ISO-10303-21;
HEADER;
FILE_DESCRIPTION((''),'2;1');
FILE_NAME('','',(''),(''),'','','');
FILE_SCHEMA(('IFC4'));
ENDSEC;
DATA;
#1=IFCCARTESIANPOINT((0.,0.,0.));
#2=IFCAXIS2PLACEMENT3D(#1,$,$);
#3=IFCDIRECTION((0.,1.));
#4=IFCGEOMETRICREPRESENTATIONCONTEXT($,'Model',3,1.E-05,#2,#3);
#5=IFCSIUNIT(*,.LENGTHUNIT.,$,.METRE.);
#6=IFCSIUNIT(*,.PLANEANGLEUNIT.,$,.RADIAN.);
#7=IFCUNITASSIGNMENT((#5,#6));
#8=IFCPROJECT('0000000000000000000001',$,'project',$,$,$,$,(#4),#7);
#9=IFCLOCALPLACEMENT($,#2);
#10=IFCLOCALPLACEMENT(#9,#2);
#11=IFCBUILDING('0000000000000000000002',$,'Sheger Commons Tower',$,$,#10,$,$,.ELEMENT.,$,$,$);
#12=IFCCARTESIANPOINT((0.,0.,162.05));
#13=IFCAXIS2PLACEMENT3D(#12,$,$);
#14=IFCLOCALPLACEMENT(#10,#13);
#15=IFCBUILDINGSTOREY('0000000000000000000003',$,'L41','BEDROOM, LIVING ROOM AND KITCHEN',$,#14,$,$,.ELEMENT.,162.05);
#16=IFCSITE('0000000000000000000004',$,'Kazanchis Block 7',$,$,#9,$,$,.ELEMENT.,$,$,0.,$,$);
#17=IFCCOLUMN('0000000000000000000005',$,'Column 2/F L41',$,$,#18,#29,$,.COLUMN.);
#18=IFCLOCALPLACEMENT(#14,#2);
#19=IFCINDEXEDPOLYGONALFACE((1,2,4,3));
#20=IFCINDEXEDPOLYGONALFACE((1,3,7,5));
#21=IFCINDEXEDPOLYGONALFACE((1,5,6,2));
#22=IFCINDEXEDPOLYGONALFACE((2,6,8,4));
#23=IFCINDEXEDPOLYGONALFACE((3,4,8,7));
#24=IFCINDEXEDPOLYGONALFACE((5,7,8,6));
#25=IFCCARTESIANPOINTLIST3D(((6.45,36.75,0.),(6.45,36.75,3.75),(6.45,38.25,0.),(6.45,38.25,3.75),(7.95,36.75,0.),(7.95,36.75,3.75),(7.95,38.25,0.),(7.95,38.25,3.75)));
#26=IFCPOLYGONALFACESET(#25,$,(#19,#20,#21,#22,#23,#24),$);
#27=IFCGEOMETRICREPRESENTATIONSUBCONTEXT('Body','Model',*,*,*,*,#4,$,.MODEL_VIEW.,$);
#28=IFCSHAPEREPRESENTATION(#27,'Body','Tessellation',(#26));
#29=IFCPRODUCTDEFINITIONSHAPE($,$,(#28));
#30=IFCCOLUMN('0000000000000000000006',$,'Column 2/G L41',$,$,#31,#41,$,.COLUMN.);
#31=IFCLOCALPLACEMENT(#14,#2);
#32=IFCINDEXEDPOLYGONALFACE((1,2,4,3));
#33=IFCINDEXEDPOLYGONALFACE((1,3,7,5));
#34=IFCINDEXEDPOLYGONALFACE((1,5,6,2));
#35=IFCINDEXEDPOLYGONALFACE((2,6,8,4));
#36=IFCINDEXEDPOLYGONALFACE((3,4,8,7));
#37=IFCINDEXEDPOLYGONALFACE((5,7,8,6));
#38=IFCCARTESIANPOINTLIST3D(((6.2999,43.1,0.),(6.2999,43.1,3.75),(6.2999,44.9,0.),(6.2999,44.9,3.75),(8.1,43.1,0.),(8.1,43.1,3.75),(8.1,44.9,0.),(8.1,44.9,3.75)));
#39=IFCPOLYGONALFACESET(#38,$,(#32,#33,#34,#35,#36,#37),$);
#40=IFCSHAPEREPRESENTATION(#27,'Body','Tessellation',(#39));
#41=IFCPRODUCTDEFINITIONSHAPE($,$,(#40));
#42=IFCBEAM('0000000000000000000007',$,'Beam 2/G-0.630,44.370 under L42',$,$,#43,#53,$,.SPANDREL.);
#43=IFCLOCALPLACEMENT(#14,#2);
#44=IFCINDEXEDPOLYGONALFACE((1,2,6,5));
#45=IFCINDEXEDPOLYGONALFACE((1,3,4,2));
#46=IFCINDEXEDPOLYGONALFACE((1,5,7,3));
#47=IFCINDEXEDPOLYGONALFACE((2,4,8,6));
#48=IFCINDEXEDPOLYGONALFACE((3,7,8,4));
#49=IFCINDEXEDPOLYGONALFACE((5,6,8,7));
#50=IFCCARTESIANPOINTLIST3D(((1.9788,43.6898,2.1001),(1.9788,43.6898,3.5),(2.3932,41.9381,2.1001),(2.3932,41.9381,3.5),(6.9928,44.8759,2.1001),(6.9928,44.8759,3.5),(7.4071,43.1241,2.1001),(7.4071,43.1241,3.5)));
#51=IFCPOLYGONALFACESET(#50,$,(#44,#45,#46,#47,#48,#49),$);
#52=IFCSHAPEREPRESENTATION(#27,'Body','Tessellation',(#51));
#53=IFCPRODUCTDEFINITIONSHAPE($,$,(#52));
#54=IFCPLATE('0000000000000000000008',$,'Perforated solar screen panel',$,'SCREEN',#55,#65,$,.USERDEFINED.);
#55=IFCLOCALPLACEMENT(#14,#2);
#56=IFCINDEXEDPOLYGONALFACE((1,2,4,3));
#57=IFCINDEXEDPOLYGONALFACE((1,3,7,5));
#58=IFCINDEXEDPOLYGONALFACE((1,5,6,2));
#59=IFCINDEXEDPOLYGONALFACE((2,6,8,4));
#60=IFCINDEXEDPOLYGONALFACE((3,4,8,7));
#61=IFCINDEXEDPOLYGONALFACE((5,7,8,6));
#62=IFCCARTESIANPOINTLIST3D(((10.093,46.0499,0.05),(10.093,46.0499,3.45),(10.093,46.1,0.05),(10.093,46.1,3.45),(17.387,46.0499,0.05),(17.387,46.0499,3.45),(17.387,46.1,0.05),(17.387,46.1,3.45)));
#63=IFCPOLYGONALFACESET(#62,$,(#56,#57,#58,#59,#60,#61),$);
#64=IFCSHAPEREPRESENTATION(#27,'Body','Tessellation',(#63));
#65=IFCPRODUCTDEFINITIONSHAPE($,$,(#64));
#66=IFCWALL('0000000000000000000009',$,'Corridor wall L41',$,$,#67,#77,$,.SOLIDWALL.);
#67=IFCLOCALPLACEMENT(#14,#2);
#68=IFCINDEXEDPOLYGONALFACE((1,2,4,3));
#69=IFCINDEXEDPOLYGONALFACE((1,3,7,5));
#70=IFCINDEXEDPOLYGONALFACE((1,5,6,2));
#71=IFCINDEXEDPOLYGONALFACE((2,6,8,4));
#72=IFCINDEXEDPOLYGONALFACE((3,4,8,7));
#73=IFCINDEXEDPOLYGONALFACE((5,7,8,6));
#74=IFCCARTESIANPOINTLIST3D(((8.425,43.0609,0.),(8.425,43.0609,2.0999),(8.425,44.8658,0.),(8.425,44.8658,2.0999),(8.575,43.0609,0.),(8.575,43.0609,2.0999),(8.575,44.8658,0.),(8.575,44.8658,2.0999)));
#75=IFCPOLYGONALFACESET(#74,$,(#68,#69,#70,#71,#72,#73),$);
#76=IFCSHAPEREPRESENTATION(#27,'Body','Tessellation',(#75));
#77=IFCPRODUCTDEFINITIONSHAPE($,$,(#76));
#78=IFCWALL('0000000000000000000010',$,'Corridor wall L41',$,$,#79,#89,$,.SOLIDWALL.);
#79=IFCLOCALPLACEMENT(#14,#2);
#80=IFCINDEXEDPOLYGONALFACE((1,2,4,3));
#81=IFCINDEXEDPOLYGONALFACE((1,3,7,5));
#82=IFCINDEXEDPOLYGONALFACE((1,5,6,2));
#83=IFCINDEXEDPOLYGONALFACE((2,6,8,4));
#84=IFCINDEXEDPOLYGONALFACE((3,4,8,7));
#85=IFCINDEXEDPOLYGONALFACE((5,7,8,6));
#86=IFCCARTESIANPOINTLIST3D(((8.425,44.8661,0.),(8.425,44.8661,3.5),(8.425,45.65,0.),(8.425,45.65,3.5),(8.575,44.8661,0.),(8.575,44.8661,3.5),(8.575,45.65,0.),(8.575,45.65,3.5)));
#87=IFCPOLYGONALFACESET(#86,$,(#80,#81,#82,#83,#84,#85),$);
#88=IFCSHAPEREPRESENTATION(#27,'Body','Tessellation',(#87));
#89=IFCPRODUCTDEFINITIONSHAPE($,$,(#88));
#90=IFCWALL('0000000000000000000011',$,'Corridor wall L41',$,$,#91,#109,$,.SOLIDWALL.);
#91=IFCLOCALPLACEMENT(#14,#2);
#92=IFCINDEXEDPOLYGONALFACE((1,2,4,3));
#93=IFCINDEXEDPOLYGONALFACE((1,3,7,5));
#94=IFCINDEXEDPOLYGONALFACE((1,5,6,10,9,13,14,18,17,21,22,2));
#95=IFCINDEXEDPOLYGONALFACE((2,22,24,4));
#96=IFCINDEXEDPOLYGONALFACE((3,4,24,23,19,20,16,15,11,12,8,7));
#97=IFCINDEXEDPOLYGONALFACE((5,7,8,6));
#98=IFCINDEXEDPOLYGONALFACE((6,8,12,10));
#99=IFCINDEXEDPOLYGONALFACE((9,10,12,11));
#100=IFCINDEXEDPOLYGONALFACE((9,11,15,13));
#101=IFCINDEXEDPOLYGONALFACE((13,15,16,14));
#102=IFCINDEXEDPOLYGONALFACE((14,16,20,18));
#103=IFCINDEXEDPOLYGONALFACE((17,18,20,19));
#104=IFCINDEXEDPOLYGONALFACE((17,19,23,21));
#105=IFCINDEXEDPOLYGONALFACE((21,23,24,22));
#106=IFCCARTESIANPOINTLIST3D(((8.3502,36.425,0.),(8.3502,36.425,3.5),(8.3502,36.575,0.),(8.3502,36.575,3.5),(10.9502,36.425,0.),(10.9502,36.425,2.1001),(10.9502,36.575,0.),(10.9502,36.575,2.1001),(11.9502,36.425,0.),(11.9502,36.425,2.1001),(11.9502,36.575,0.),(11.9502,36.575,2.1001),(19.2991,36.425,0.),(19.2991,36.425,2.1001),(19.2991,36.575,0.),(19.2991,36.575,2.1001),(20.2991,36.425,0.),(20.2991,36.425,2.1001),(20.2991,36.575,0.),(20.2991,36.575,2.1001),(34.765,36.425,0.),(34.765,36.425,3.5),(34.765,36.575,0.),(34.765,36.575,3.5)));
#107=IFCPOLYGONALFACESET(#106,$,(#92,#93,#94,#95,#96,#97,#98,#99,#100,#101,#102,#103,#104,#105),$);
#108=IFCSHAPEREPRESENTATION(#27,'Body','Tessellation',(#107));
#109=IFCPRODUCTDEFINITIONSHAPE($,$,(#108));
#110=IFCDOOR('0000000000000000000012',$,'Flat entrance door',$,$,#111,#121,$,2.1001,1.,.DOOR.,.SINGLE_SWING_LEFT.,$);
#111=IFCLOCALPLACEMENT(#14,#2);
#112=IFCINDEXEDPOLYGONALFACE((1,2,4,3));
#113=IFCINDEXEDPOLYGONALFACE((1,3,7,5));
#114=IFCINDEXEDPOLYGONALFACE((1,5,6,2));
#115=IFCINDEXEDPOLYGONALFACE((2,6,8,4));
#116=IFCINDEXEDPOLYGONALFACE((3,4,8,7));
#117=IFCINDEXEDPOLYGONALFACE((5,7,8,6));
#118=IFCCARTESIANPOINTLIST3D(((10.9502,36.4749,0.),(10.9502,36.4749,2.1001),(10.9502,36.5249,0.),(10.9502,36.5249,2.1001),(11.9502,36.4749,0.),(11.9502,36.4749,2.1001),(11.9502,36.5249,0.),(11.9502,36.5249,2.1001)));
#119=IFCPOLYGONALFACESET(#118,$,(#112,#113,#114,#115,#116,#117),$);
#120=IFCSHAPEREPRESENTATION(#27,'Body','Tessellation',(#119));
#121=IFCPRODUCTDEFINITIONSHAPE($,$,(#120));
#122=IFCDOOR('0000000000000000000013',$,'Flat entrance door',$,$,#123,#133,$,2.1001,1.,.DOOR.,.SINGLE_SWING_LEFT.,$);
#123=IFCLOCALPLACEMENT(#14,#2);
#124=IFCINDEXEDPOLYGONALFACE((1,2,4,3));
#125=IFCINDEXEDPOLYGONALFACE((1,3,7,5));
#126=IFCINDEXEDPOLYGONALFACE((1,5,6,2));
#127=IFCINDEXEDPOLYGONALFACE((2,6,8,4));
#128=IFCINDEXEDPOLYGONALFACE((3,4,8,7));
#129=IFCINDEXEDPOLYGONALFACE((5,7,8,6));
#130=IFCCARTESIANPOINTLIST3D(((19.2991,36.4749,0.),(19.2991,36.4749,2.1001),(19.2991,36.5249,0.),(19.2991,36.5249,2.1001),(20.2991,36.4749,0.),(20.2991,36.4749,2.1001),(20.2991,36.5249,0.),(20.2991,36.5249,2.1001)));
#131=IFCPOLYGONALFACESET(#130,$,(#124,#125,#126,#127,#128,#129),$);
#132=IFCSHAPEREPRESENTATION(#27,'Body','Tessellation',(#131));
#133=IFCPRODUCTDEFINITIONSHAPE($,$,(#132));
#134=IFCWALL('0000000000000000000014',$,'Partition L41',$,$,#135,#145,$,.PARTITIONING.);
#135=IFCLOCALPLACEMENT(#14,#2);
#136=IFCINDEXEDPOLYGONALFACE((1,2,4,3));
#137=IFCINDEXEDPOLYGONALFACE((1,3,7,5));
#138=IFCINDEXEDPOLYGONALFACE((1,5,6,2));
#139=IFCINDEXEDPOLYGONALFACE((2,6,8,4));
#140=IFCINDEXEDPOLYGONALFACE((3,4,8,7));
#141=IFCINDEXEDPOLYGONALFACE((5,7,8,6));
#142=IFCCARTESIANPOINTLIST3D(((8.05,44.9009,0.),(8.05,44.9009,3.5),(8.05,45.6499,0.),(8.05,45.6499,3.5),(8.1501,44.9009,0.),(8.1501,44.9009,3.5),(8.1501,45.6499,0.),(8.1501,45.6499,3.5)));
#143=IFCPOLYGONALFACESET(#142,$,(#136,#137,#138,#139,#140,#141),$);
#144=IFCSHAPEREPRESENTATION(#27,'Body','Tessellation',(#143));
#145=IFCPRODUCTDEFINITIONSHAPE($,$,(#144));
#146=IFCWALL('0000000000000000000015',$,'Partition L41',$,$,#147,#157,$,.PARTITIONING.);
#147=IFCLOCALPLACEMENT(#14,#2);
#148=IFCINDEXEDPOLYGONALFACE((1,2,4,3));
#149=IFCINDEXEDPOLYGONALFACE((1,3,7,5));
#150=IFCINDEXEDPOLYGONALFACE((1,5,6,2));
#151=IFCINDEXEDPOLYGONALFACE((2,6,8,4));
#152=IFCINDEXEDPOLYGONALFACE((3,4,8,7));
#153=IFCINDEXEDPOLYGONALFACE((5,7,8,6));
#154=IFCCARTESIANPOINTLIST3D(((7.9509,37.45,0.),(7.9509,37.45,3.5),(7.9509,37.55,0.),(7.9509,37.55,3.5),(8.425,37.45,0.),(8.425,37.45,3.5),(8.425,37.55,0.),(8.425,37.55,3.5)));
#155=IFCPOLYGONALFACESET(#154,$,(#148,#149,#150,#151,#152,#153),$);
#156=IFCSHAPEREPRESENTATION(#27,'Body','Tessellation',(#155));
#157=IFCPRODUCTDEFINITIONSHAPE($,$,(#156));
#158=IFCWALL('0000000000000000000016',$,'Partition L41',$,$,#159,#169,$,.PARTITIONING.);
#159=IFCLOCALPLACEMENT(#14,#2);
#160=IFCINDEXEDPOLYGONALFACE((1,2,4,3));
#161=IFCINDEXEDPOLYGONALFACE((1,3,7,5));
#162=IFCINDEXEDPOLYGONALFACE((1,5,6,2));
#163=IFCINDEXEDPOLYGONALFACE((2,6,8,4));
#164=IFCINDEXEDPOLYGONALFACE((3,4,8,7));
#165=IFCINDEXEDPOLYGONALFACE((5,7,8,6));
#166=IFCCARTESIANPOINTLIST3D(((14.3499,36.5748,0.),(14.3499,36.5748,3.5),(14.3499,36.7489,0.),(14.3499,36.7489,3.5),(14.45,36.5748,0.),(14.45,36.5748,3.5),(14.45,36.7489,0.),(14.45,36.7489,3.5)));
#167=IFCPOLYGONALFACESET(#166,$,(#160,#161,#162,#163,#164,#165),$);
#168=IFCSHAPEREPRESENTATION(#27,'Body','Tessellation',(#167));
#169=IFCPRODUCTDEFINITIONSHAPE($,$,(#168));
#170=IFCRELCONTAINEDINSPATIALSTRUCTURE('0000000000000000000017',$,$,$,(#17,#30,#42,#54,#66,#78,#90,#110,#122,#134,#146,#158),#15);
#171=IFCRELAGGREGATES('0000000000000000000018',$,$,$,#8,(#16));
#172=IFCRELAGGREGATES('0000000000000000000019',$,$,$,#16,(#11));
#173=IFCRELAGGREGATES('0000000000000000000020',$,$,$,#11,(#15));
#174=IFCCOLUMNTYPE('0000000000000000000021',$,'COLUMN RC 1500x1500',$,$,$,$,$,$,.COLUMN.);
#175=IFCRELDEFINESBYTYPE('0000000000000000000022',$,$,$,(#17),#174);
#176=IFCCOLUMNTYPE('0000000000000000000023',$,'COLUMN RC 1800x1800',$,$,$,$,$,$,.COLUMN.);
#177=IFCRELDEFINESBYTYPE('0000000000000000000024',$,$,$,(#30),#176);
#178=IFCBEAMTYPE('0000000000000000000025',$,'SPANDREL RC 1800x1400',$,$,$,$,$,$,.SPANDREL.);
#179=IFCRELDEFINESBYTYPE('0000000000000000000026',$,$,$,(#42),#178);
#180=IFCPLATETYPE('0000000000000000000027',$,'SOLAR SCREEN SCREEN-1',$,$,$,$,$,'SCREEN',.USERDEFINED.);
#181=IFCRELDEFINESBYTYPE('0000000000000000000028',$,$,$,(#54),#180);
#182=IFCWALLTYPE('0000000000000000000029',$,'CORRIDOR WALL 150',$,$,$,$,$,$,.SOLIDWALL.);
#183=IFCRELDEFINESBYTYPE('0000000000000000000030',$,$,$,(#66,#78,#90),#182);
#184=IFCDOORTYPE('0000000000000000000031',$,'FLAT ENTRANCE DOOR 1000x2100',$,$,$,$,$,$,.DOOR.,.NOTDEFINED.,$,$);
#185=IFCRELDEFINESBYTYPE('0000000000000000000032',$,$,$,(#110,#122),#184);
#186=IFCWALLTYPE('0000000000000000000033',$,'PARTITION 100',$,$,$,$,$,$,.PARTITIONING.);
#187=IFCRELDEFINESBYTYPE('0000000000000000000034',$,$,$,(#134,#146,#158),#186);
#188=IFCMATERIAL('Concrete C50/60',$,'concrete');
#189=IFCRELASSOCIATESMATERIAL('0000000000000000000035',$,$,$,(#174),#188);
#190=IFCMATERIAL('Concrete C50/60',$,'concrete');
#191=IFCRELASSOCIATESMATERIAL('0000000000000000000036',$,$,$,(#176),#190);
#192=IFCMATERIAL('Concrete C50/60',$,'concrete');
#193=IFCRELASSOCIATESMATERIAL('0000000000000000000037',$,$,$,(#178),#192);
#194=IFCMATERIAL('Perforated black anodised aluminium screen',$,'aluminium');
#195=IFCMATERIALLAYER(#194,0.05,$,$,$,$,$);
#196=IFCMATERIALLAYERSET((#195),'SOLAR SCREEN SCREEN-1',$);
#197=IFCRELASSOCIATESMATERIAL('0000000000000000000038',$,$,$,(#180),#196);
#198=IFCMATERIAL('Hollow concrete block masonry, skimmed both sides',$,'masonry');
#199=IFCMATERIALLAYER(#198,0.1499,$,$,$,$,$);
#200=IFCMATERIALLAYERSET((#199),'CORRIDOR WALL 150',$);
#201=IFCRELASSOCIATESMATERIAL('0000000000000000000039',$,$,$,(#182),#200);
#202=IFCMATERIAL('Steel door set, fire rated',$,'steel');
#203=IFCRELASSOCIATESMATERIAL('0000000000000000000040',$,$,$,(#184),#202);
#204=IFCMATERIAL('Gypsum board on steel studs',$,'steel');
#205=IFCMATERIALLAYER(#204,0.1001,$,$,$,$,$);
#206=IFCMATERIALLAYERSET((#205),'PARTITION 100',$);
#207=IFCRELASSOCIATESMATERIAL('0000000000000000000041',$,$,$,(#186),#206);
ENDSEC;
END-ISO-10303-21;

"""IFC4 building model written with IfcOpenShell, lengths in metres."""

from ifc_helpers import new_model, si_unit, direction, frame, frame_2d, origin, origin_2d, place, context, subcontext, project, spatial, rectangle, extrude, material, layer, layer_set, material_profile, profile_set, type_object, element, fill, save


model = new_model("IFC4")

# Units and contexts
model_context = context("Model", 3, precision=1e-05, world=origin(), true_north=direction((0.0, 1.0)))
body_context = subcontext(model_context, "Body", "Model", "MODEL_VIEW")
ifc_project = project(units=[si_unit("LENGTHUNIT", "METRE"), si_unit("PLANEANGLEUNIT", "RADIAN")], contexts=[model_context])

# Site, building, storey
site_placement = place(None, origin())
site = spatial("IfcSite", under=ifc_project, at=site_placement, Name="Kazanchis Block 7", CompositionType="ELEMENT", RefElevation=0.0)
building_placement = place(site_placement, origin())
building = spatial("IfcBuilding", under=site, at=building_placement, Name="Sheger Commons Tower", CompositionType="ELEMENT")
storey_placement = place(building_placement, frame((0.0, 0.0, 162.05)))
storey = spatial("IfcBuildingStorey", under=building, at=storey_placement, Name="L41", Description="BEDROOM, LIVING ROOM AND KITCHEN", CompositionType="ELEMENT", Elevation=162.05)

# Columns
ifc_material_1 = material(Name="Concrete C50/60", Category="concrete")
ifc_material_profile_1 = material_profile(ifc_material_1, rectangle(XDim=1.5, YDim=1.5, at=origin_2d()), Name="RC 1500x1500")
ifc_profile_set_1 = profile_set([ifc_material_profile_1], Name="Concrete C50/60")
column_type_1 = type_object("IfcColumnType", Name="COLUMN RC 1500x1500", PredefinedType="COLUMN", material=ifc_profile_set_1)
column_1_placement = place(storey_placement, frame((7.2, 37.5, 0.0), z_axis=(0.0, 0.0, 1.0), x_axis=(1.0, 0.0, 0.0)))
element("IfcColumn", 1, at=column_1_placement, inside=storey, type_object=column_type_1, Name="Column 2/F L41", PredefinedType="COLUMN", context=body_context, shape_type="SweptSolid", body=[
    extrude(rectangle(XDim=1.5, YDim=1.5, at=origin_2d()), origin(), (0.0, 0.0, 1.0), 3.75),
])
ifc_material_2 = material(Name="Concrete C50/60", Category="concrete")
ifc_material_profile_2 = material_profile(ifc_material_2, rectangle(XDim=1.8, YDim=1.8, at=origin_2d()), Name="RC 1800x1800")
ifc_profile_set_2 = profile_set([ifc_material_profile_2], Name="Concrete C50/60")
column_type_2 = type_object("IfcColumnType", Name="COLUMN RC 1800x1800", PredefinedType="COLUMN", material=ifc_profile_set_2)
column_2_placement = place(storey_placement, frame((7.2, 44.0, 0.0), z_axis=(0.0, 0.0, 1.0), x_axis=(1.0, 0.0, 0.0)))
element("IfcColumn", 2, at=column_2_placement, inside=storey, type_object=column_type_2, Name="Column 2/G L41", PredefinedType="COLUMN", context=body_context, shape_type="SweptSolid", body=[
    extrude(rectangle(XDim=1.8, YDim=1.8, at=origin_2d()), origin(), (0.0, 0.0, 1.0), 3.75),
])

# Beam
ifc_material_3 = material(Name="Concrete C50/60", Category="concrete")
ifc_material_profile_3 = material_profile(ifc_material_3, rectangle(XDim=1.8, YDim=1.3999, at=origin_2d()), Name="RC 1800x1400")
ifc_profile_set_3 = profile_set([ifc_material_profile_3], Name="Concrete C50/60")
beam_type = type_object("IfcBeamType", Name="SPANDREL RC 1800x1400", PredefinedType="SPANDREL", material=ifc_profile_set_3)
beam_placement = place(storey_placement, frame((7.2, 44.0, 2.8), z_axis=(-0.973144, -0.230196, 0.0), x_axis=(0.230196, -0.973144, 0.0)))
element("IfcBeam", 3, at=beam_placement, inside=storey, type_object=beam_type, Name="Beam 2/G-0.630,44.370 under L42", PredefinedType="SPANDREL", context=body_context, shape_type="SweptSolid", body=[
    extrude(rectangle(XDim=1.8, YDim=1.3999, at=origin_2d()), origin(), (0.0, 0.0, 1.0), 5.1523),
])

# Plate
ifc_material_4 = material(Name="Perforated black anodised aluminium screen", Category="aluminium")
ifc_layer_1 = layer(ifc_material_4, 0.05)
ifc_layer_set_1 = layer_set([ifc_layer_1], Name="SOLAR SCREEN SCREEN-1")
plate_type = type_object("IfcPlateType", Name="SOLAR SCREEN SCREEN-1", ElementType="SCREEN", PredefinedType="USERDEFINED", material=ifc_layer_set_1)
plate_placement = place(storey_placement, frame((13.74, 46.075, 0.05), z_axis=(0.0, 0.0, 1.0), x_axis=(-1.0, 0.0, 0.0)))
element("IfcPlate", 4, at=plate_placement, inside=storey, type_object=plate_type, Name="Perforated solar screen panel", ObjectType="SCREEN", PredefinedType="USERDEFINED", context=body_context, shape_type="SweptSolid", body=[
    extrude(rectangle(XDim=7.2939, YDim=0.05, at=origin_2d()), origin(), (0.0, 0.0, 1.0), 3.3999),
])

# Walls
ifc_material_5 = material(Name="Hollow concrete block masonry, skimmed both sides", Category="masonry")
ifc_layer_2 = layer(ifc_material_5, 0.1499)
ifc_layer_set_2 = layer_set([ifc_layer_2], Name="CORRIDOR WALL 150")
wall_type_1 = type_object("IfcWallType", Name="CORRIDOR WALL 150", PredefinedType="SOLIDWALL", material=ifc_layer_set_2)
wall_1_placement = place(storey_placement, frame((8.5, 43.061, 0.0), z_axis=(0.0, 0.0, 1.0), x_axis=(0.0, 1.0, 0.0)))
element("IfcWall", 5, at=wall_1_placement, inside=storey, type_object=wall_type_1, Name="Corridor wall L41", PredefinedType="SOLIDWALL", context=body_context, shape_type="SweptSolid", body=[
    extrude(rectangle(XDim=1.8049, YDim=0.1499, at=frame_2d((0.9023, 0.0))), origin(), (0.0, 0.0, 1.0), 2.0999),
])
wall_2_placement = place(storey_placement, frame((8.5, 44.866, 0.0), z_axis=(0.0, 0.0, 1.0), x_axis=(0.0, 1.0, 0.0)))
element("IfcWall", 6, at=wall_2_placement, inside=storey, type_object=wall_type_1, Name="Corridor wall L41", PredefinedType="SOLIDWALL", context=body_context, shape_type="SweptSolid", body=[
    extrude(rectangle(XDim=0.7839, YDim=0.1499, at=frame_2d((0.3921, 0.0))), origin(), (0.0, 0.0, 1.0), 3.5),
])

# Wall, openings, doors
wall_3_placement = place(storey_placement, frame((8.3501, 36.5, 0.0), z_axis=(0.0, 0.0, 1.0), x_axis=(1.0, 0.0, 0.0)))
wall_3 = element("IfcWall", 7, at=wall_3_placement, inside=storey, type_object=wall_type_1, Name="Corridor wall L41", PredefinedType="SOLIDWALL", context=body_context, shape_type="SweptSolid", body=[
    extrude(rectangle(XDim=26.4148, YDim=0.1499, at=frame_2d((13.2075, 0.0))), origin(), (0.0, 0.0, 1.0), 3.5),
])
opening_1_placement = place(wall_3_placement, frame((2.6001, 0.0, 0.0)))
opening_1 = element("IfcOpeningElement", 8, at=opening_1_placement, cuts=wall_3, PredefinedType="OPENING", context=body_context, shape_type="SweptSolid", body=[
    extrude(rectangle(XDim=1.0, YDim=2.1001, at=frame_2d((0.5, 1.05))), frame((0.0, 0.085, 0.0), z_axis=(0.0, -1.0, 0.0), x_axis=(1.0, 0.0, 0.0)), (0.0, 0.0, 1.0), 0.1699),
])
opening_2_placement = place(wall_3_placement, frame((10.949, 0.0, 0.0)))
opening_2 = element("IfcOpeningElement", 9, at=opening_2_placement, cuts=wall_3, PredefinedType="OPENING", context=body_context, shape_type="SweptSolid", body=[
    extrude(rectangle(XDim=1.0, YDim=2.1001, at=frame_2d((0.5, 1.05))), frame((0.0, 0.085, 0.0), z_axis=(0.0, -1.0, 0.0), x_axis=(1.0, 0.0, 0.0)), (0.0, 0.0, 1.0), 0.1699),
])
ifc_material_6 = material(Name="Steel door set, fire rated", Category="steel")
door_type_1 = type_object("IfcDoorType", Name="FLAT ENTRANCE DOOR 1000x2100", OperationType="NOTDEFINED", PredefinedType="DOOR", material=ifc_material_6)
door_1_placement = place(opening_1_placement, origin())
door_1 = element("IfcDoor", 10, at=door_1_placement, inside=storey, type_object=door_type_1, Name="Flat entrance door", OperationType="SINGLE_SWING_LEFT", OverallHeight=2.1001, OverallWidth=1.0, PredefinedType="DOOR", context=body_context, shape_type="SweptSolid", body=[
    extrude(rectangle(XDim=1.0, YDim=2.1001, at=frame_2d((0.5, 1.05))), frame((0.0, 0.0249, 0.0), z_axis=(0.0, -1.0, 0.0), x_axis=(1.0, 0.0, 0.0)), (0.0, 0.0, 1.0), 0.05),
])
fill(opening_1, door_1)
door_2_placement = place(opening_2_placement, origin())
door_2 = element("IfcDoor", 11, at=door_2_placement, inside=storey, type_object=door_type_1, Name="Flat entrance door", OperationType="SINGLE_SWING_LEFT", OverallHeight=2.1001, OverallWidth=1.0, PredefinedType="DOOR", context=body_context, shape_type="SweptSolid", body=[
    extrude(rectangle(XDim=1.0, YDim=2.1001, at=frame_2d((0.5, 1.05))), frame((0.0, 0.0249, 0.0), z_axis=(0.0, -1.0, 0.0), x_axis=(1.0, 0.0, 0.0)), (0.0, 0.0, 1.0), 0.05),
])
fill(opening_2, door_2)

# Walls
ifc_material_7 = material(Name="Gypsum board on steel studs", Category="steel")
ifc_layer_3 = layer(ifc_material_7, 0.1001)
ifc_layer_set_3 = layer_set([ifc_layer_3], Name="PARTITION 100")
wall_type_2 = type_object("IfcWallType", Name="PARTITION 100", PredefinedType="PARTITIONING", material=ifc_layer_set_3)
wall_4_placement = place(storey_placement, frame((8.1001, 45.6499, 0.0), z_axis=(0.0, 0.0, 1.0), x_axis=(0.0, -1.0, 0.0)))
element("IfcWall", 12, at=wall_4_placement, inside=storey, type_object=wall_type_2, Name="Partition L41", PredefinedType="PARTITIONING", context=body_context, shape_type="SweptSolid", body=[
    extrude(rectangle(XDim=0.749, YDim=0.1001, at=frame_2d((0.3745, 0.0))), origin(), (0.0, 0.0, 1.0), 3.5),
])
wall_5_placement = place(storey_placement, frame((7.9509, 37.5, 0.0), z_axis=(0.0, 0.0, 1.0), x_axis=(1.0, 0.0, 0.0)))
element("IfcWall", 13, at=wall_5_placement, inside=storey, type_object=wall_type_2, Name="Partition L41", PredefinedType="PARTITIONING", context=body_context, shape_type="SweptSolid", body=[
    extrude(rectangle(XDim=0.4741, YDim=0.1001, at=frame_2d((0.2371, 0.0))), origin(), (0.0, 0.0, 1.0), 3.5),
])
wall_6_placement = place(storey_placement, frame((14.3999, 36.575, 0.0), z_axis=(0.0, 0.0, 1.0), x_axis=(0.0, 1.0, 0.0)))
element("IfcWall", 14, at=wall_6_placement, inside=storey, type_object=wall_type_2, Name="Partition L41", PredefinedType="PARTITIONING", context=body_context, shape_type="SweptSolid", body=[
    extrude(rectangle(XDim=0.1741, YDim=0.1001, at=frame_2d((0.0869, 0.0))), origin(), (0.0, 0.0, 1.0), 3.5),
])

save(model, "model.ifc")
